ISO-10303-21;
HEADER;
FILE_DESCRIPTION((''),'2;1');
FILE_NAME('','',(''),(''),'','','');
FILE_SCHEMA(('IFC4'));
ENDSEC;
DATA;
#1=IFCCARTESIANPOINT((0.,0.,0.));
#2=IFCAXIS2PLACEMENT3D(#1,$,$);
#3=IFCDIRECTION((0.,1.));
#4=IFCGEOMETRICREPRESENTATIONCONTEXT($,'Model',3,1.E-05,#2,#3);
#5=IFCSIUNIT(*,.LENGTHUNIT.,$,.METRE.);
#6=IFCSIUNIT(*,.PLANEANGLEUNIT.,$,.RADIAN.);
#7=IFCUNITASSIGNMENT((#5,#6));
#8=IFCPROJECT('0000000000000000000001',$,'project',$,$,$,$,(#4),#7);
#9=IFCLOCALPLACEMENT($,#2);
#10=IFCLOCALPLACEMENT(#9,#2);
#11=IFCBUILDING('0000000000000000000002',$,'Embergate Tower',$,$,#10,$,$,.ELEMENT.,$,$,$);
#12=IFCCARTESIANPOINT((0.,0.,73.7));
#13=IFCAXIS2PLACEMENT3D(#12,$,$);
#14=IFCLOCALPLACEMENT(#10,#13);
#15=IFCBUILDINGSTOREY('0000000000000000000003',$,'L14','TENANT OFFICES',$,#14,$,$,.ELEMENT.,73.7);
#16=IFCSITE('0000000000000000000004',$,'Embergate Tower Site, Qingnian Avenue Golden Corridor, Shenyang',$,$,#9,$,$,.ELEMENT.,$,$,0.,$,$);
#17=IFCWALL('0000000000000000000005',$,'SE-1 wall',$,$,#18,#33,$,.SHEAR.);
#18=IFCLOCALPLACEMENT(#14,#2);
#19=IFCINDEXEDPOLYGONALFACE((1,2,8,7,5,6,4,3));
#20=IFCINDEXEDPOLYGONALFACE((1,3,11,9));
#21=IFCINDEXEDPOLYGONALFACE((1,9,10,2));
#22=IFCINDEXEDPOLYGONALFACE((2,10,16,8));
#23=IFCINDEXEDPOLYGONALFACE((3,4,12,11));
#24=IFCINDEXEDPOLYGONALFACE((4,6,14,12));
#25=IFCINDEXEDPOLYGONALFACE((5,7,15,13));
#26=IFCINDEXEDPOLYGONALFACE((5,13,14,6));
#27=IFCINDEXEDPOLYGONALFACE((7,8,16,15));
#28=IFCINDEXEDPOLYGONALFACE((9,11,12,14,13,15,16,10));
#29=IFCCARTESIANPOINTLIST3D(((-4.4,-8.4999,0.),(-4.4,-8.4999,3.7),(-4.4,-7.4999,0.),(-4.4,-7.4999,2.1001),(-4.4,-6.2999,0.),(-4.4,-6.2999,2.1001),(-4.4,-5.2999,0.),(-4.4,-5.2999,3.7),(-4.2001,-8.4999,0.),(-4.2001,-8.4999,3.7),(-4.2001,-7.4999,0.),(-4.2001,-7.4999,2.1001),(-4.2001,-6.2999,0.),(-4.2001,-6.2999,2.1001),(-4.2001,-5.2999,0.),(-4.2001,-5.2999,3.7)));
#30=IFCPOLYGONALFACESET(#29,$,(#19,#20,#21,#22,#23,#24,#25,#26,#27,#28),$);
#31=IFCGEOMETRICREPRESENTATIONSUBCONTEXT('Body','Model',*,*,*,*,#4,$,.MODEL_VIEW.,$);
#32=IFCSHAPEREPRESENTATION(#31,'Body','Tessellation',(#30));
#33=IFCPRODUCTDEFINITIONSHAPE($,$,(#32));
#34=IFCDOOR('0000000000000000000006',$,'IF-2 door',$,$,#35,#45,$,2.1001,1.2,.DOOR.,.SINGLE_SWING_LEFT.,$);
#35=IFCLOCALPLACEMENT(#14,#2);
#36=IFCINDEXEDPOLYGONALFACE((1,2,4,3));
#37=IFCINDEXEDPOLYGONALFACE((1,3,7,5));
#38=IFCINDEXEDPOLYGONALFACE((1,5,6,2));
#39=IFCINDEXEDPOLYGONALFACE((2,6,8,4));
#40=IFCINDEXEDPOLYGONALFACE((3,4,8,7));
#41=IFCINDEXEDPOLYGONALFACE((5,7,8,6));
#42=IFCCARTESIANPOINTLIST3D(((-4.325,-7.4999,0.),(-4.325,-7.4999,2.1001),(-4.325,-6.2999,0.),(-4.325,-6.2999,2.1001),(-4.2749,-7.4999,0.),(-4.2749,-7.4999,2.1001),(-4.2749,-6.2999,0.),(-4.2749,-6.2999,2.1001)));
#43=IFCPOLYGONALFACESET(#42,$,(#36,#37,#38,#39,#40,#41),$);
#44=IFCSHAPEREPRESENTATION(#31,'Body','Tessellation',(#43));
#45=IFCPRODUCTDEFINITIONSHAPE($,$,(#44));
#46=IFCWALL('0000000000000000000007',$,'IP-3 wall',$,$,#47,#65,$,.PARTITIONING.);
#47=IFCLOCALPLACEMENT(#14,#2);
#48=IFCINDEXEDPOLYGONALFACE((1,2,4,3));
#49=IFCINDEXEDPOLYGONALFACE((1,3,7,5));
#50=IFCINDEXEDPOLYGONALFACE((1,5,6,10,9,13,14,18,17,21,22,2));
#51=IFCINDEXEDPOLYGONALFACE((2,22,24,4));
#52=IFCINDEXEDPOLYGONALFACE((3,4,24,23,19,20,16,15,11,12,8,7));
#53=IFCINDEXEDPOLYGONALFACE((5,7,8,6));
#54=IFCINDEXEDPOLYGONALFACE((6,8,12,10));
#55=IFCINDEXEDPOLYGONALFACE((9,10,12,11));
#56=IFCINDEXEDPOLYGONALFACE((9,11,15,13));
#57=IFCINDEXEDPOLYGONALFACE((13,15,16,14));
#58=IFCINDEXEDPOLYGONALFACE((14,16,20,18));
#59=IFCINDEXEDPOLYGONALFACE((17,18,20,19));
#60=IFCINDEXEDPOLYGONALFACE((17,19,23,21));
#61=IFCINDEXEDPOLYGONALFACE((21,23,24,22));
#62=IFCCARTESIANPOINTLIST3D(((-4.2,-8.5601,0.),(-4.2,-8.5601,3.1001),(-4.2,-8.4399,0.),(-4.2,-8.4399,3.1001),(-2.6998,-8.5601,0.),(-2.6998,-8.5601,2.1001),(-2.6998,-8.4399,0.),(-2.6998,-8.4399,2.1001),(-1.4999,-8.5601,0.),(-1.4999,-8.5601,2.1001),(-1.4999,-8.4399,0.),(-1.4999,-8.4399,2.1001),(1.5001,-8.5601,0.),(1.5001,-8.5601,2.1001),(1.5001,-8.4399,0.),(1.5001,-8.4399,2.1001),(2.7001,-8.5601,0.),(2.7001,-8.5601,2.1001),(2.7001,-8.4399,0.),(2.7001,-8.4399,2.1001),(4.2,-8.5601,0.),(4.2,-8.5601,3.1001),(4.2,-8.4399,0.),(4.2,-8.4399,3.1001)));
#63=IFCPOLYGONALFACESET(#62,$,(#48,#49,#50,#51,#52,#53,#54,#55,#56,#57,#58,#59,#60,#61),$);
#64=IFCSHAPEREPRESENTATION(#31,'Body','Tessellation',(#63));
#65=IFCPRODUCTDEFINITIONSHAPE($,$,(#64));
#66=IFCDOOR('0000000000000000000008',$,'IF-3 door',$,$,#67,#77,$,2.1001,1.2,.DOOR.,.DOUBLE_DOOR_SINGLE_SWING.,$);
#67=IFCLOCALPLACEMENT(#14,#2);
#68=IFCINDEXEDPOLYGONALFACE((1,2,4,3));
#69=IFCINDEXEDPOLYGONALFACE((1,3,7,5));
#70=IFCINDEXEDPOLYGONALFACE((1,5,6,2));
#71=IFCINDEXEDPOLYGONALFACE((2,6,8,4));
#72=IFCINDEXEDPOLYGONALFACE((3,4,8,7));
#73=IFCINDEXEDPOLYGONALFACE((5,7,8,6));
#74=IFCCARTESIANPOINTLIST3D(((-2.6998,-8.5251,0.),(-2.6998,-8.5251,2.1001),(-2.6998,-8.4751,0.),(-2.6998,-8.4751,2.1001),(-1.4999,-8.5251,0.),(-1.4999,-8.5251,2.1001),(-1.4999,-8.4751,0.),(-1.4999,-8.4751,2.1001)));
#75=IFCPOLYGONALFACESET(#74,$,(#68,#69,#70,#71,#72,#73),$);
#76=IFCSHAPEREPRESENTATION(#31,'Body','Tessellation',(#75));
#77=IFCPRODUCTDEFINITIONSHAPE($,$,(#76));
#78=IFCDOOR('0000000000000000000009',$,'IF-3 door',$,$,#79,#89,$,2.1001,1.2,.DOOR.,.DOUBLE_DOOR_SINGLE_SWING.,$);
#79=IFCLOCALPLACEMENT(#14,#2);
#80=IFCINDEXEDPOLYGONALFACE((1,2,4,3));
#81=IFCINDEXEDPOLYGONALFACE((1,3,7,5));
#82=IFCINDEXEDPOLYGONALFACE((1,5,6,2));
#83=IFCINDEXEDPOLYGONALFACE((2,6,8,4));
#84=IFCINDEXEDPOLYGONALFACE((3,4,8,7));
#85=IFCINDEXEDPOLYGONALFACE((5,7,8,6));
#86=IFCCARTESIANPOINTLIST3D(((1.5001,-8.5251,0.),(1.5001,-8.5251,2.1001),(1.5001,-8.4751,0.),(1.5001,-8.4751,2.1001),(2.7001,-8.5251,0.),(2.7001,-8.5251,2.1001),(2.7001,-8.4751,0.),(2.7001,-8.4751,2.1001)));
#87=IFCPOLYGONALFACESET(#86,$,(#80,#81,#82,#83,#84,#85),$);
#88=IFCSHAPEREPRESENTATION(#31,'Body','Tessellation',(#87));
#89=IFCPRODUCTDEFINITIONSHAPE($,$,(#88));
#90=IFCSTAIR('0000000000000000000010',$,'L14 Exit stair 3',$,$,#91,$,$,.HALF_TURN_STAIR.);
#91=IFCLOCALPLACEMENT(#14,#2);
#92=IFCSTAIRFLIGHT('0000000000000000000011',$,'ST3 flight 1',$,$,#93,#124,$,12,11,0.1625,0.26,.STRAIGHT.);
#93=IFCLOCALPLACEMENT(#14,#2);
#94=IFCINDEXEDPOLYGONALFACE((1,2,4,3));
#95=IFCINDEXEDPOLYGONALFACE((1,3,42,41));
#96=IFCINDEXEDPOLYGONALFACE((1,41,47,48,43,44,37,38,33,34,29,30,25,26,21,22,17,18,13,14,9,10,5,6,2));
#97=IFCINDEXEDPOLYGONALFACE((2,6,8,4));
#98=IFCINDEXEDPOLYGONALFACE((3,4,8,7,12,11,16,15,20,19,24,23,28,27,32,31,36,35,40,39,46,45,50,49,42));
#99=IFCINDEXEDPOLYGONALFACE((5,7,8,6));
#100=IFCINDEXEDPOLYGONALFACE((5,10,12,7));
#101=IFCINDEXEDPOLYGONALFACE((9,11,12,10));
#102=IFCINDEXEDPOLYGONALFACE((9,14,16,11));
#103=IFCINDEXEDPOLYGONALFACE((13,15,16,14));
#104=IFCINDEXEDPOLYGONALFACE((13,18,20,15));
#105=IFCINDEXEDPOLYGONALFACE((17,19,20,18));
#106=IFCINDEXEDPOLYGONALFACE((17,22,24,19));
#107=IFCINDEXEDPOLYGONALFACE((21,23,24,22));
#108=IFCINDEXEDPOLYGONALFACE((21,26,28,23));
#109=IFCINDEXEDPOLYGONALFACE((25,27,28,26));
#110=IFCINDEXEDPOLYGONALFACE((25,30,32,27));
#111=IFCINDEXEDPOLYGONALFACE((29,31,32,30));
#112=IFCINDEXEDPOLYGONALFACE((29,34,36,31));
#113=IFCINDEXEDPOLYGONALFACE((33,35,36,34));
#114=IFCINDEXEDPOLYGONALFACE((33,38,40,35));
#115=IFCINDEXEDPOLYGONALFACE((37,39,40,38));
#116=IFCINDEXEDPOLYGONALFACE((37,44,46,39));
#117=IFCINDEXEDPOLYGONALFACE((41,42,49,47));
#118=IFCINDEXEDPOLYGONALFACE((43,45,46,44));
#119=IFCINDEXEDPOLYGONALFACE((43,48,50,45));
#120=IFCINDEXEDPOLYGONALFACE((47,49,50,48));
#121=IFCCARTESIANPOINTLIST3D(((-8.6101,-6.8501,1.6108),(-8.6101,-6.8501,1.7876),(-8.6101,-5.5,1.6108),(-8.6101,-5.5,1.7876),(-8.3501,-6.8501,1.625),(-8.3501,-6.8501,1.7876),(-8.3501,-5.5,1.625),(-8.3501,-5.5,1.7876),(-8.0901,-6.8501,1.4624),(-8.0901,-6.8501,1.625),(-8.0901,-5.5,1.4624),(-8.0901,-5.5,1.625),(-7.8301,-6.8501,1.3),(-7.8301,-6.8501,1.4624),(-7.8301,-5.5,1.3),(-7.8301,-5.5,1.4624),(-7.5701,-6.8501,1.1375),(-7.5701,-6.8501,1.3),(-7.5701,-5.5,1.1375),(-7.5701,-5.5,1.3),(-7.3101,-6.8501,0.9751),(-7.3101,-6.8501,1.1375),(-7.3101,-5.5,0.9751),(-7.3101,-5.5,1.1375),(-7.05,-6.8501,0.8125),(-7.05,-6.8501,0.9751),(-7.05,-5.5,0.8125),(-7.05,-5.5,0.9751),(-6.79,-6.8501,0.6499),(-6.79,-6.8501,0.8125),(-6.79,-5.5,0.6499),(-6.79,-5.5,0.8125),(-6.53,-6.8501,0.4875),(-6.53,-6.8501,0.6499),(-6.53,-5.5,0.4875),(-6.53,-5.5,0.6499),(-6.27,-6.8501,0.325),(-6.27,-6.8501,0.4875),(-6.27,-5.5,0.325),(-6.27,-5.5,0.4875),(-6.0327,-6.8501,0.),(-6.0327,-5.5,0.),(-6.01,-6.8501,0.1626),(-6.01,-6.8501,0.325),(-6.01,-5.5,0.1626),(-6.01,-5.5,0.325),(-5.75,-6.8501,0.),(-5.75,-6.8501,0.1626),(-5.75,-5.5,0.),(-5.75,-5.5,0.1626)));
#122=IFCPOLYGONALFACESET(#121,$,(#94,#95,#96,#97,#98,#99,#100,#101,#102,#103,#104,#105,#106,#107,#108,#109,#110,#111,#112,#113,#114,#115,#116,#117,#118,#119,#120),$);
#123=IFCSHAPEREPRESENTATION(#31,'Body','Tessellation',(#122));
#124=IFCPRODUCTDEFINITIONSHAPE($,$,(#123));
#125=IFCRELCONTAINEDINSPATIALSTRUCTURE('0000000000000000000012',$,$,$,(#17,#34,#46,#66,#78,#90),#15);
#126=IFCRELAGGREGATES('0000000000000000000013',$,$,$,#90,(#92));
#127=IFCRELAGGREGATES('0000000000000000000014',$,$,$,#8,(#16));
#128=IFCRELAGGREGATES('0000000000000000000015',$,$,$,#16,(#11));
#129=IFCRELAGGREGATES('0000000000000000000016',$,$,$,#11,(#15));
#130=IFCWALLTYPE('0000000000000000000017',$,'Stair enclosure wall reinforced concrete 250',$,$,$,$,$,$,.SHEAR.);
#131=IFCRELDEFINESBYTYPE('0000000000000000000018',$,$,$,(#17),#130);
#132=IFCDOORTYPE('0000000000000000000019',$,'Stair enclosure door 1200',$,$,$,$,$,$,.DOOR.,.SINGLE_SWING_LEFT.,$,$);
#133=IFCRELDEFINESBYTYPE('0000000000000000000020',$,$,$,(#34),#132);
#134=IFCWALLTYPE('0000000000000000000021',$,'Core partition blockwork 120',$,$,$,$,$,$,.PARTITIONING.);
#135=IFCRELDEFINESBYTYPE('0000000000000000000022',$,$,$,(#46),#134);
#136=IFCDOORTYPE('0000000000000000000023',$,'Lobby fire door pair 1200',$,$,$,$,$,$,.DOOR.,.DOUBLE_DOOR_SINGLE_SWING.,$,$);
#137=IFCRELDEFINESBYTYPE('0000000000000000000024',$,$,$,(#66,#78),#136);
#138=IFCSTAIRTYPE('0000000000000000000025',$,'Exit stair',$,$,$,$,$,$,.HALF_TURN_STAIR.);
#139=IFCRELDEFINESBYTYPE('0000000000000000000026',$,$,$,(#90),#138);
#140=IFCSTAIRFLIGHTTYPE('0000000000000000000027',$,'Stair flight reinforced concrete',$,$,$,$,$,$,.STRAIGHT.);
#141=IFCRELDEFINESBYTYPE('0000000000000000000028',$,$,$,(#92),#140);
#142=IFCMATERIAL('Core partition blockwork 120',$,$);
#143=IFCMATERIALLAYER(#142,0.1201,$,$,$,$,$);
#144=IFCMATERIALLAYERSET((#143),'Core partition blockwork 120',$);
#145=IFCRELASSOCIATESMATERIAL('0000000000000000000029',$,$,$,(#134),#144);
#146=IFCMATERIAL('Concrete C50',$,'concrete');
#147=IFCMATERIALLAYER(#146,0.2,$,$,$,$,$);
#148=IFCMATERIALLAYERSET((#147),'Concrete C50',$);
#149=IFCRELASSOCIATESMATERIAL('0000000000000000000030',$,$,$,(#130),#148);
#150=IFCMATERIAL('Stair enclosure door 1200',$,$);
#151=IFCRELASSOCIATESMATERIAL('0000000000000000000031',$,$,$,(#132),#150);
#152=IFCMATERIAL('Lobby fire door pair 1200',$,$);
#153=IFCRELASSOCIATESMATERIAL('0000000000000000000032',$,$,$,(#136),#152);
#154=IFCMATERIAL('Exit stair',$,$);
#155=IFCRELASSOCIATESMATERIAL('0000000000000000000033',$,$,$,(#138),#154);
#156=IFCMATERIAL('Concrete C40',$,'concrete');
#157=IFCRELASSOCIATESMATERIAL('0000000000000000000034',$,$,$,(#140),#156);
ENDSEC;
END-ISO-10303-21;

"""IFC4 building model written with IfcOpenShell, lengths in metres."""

from ifc_helpers import new_model, si_unit, direction, frame, frame_2d, origin, place, context, subcontext, project, spatial, polyline, rectangle, outline, extrude, source, transform, mapped, material, layer, layer_set, type_object, element, fill, aggregate, save


model = new_model("IFC4")

# Units and contexts
model_context = context("Model", 3, precision=1e-05, world=origin(), true_north=direction((0.0, 1.0)))
body_context = subcontext(model_context, "Body", "Model", "MODEL_VIEW")
ifc_project = project(units=[si_unit("LENGTHUNIT", "METRE"), si_unit("PLANEANGLEUNIT", "RADIAN")], contexts=[model_context])

# Site, building, storey
site_placement = place(None, origin())
site = spatial("IfcSite", under=ifc_project, at=site_placement, Name="Embergate Tower Site, Qingnian Avenue Golden Corridor, Shenyang", CompositionType="ELEMENT", RefElevation=0.0)
building_placement = place(site_placement, origin())
building = spatial("IfcBuilding", under=site, at=building_placement, Name="Embergate Tower", CompositionType="ELEMENT")
storey_placement = place(building_placement, frame((0.0, 0.0, 73.7)))
storey = spatial("IfcBuildingStorey", under=building, at=storey_placement, Name="L14", Description="TENANT OFFICES", CompositionType="ELEMENT", Elevation=73.7)

# Shared definitions
ifc_material_1 = material(Name="Concrete C50", Category="concrete")

# Shared definitions
ifc_material_2 = material(Name="Core partition blockwork 120")
ifc_layer_1 = layer(ifc_material_2, 0.1201)
ifc_layer_set_1 = layer_set([ifc_layer_1], Name="Core partition blockwork 120")
wall_type_1 = type_object("IfcWallType", Name="Core partition blockwork 120", PredefinedType="PARTITIONING", material=ifc_layer_set_1)

# Wall, opening, door
ifc_layer_2 = layer(ifc_material_1, 0.2)
ifc_layer_set_2 = layer_set([ifc_layer_2], Name="Concrete C50")
wall_type_2 = type_object("IfcWallType", Name="Stair enclosure wall reinforced concrete 250", PredefinedType="SHEAR", material=ifc_layer_set_2)
shared_shape_1 = source(origin(), body_context, "Body", "SweptSolid", [
    extrude(rectangle(XDim=3.2, YDim=0.2, at=frame_2d((1.6001, 0.0))), origin(), (0.0, 0.0, 1.0), 3.7),
])
wall_1_placement = place(storey_placement, frame((-4.3, -8.5, 0.0), z_axis=(0.0, 0.0, 1.0), x_axis=(0.0, 1.0, 0.0)))
wall_1 = element("IfcWall", 1, at=wall_1_placement, inside=storey, type_object=wall_type_2, Name="SE-1 wall", PredefinedType="SHEAR", context=body_context, shape_type="MappedRepresentation", body=[
    mapped(shared_shape_1, transform((0.0, 0.0, 0.0))),
])
shared_shape_2 = source(origin(), body_context, "Body", "SweptSolid", [
    extrude(rectangle(XDim=1.2, YDim=2.1001, at=frame_2d((0.6001, 1.05))), frame((0.0, 0.1099, 0.0), z_axis=(0.0, -1.0, 0.0), x_axis=(1.0, 0.0, 0.0)), (0.0, 0.0, 1.0), 0.22),
])
opening_1_placement = place(wall_1_placement, frame((1.0, 0.0, 0.0)))
opening_1 = element("IfcOpeningElement", 2, at=opening_1_placement, cuts=wall_1, PredefinedType="OPENING", context=body_context, shape_type="MappedRepresentation", body=[
    mapped(shared_shape_2, transform((0.0, 0.0, 0.0))),
])
ifc_material_3 = material(Name="Stair enclosure door 1200")
door_type_1 = type_object("IfcDoorType", Name="Stair enclosure door 1200", OperationType="SINGLE_SWING_LEFT", PredefinedType="DOOR", material=ifc_material_3)
shared_shape_3 = source(origin(), body_context, "Body", "SweptSolid", [
    extrude(rectangle(XDim=1.2, YDim=2.1001, at=frame_2d((0.6001, 1.05))), frame((0.0, 0.0249, 0.0), z_axis=(0.0, -1.0, 0.0), x_axis=(1.0, 0.0, 0.0)), (0.0, 0.0, 1.0), 0.05),
])
door_1_placement = place(opening_1_placement, origin())
door_1 = element("IfcDoor", 3, at=door_1_placement, inside=storey, type_object=door_type_1, Name="IF-2 door", OperationType="SINGLE_SWING_LEFT", OverallHeight=2.1001, OverallWidth=1.2, PredefinedType="DOOR", context=body_context, shape_type="MappedRepresentation", body=[
    mapped(shared_shape_3, transform((0.0, 0.0, 0.0))),
])
fill(opening_1, door_1)

# Wall, openings, doors
shared_shape_4 = source(origin(), body_context, "Body", "SweptSolid", [
    extrude(rectangle(XDim=8.3999, YDim=0.1201, at=frame_2d((4.2, 0.0))), origin(), (0.0, 0.0, 1.0), 3.1001),
])
wall_2_placement = place(storey_placement, frame((-4.2, -8.5, 0.0), z_axis=(0.0, 0.0, 1.0), x_axis=(1.0, 0.0, 0.0)))
wall_2 = element("IfcWall", 4, at=wall_2_placement, inside=storey, type_object=wall_type_1, Name="IP-3 wall", PredefinedType="PARTITIONING", context=body_context, shape_type="MappedRepresentation", body=[
    mapped(shared_shape_4, transform((0.0, 0.0, 0.0))),
])
shared_shape_5 = source(origin(), body_context, "Body", "SweptSolid", [
    extrude(rectangle(XDim=1.2, YDim=2.1001, at=frame_2d((0.6001, 1.05))), frame((0.0, 0.0701, 0.0), z_axis=(0.0, -1.0, 0.0), x_axis=(1.0, 0.0, 0.0)), (0.0, 0.0, 1.0), 0.1401),
])
opening_2_placement = place(wall_2_placement, frame((1.5, 0.0, 0.0)))
opening_2 = element("IfcOpeningElement", 5, at=opening_2_placement, cuts=wall_2, PredefinedType="OPENING", context=body_context, shape_type="MappedRepresentation", body=[
    mapped(shared_shape_5, transform((0.0, 0.0, 0.0))),
])
opening_3_placement = place(wall_2_placement, frame((5.7, 0.0, 0.0)))
opening_3 = element("IfcOpeningElement", 6, at=opening_3_placement, cuts=wall_2, PredefinedType="OPENING", context=body_context, shape_type="MappedRepresentation", body=[
    mapped(shared_shape_5, transform((0.0, 0.0, 0.0))),
])
ifc_material_4 = material(Name="Lobby fire door pair 1200")
door_type_2 = type_object("IfcDoorType", Name="Lobby fire door pair 1200", OperationType="DOUBLE_DOOR_SINGLE_SWING", PredefinedType="DOOR", material=ifc_material_4)
door_2_placement = place(opening_2_placement, origin())
door_2 = element("IfcDoor", 7, at=door_2_placement, inside=storey, type_object=door_type_2, Name="IF-3 door", OperationType="DOUBLE_DOOR_SINGLE_SWING", OverallHeight=2.1001, OverallWidth=1.2, PredefinedType="DOOR", context=body_context, shape_type="MappedRepresentation", body=[
    mapped(shared_shape_3, transform((0.0, 0.0, 0.0))),
])
fill(opening_2, door_2)
door_3_placement = place(opening_3_placement, origin())
door_3 = element("IfcDoor", 8, at=door_3_placement, inside=storey, type_object=door_type_2, Name="IF-3 door", OperationType="DOUBLE_DOOR_SINGLE_SWING", OverallHeight=2.1001, OverallWidth=1.2, PredefinedType="DOOR", context=body_context, shape_type="MappedRepresentation", body=[
    mapped(shared_shape_3, transform((0.0, 0.0, 0.0))),
])
fill(opening_3, door_3)

# Stair, stair flight
ifc_material_5 = material(Name="Exit stair")
stair_type = type_object("IfcStairType", Name="Exit stair", PredefinedType="HALF_TURN_STAIR", material=ifc_material_5)
stair_placement = place(storey_placement, origin())
stair = element("IfcStair", 9, at=stair_placement, inside=storey, type_object=stair_type, Name="L14 Exit stair 3", PredefinedType="HALF_TURN_STAIR")
ifc_material_6 = material(Name="Concrete C40", Category="concrete")
stair_flight_type = type_object("IfcStairFlightType", Name="Stair flight reinforced concrete", PredefinedType="STRAIGHT", material=ifc_material_6)
shared_shape_6 = source(origin(), body_context, "Body", "SweptSolid", [
    extrude(outline(polyline([(0.0, 0.0), (0.0, 0.1626), (0.26, 0.1626), (0.26, 0.325), (0.52, 0.325), (0.52, 0.4875), (0.78, 0.4875), (0.78, 0.6499), (1.04, 0.6499), (1.04, 0.8125), (1.3, 0.8125), (1.3, 0.9751), (1.5601, 0.9751), (1.5601, 1.1375), (1.8201, 1.1375), (1.8201, 1.3), (2.0801, 1.3), (2.0801, 1.4624), (2.3401, 1.4624), (2.3401, 1.625), (2.6001, 1.625), (2.6001, 1.7876), (2.8601, 1.7876), (2.8601, 1.95), (2.8601, 1.6108), (0.2827, 0.0), (0.0, 0.0)])), frame((0.0, 0.675, 0.0), z_axis=(0.0, -1.0, 0.0), x_axis=(1.0, 0.0, 0.0)), (0.0, 0.0, 1.0), 1.3501),
])
stair_flight_placement = place(storey_placement, frame((-5.75, -6.175, 0.0), z_axis=(0.0, 0.0, 1.0), x_axis=(-1.0, 0.0, 0.0)))
stair_flight = element("IfcStairFlight", 10, at=stair_flight_placement, type_object=stair_flight_type, Name="ST3 flight 1", NumberOfRisers=12, NumberOfTreads=11, PredefinedType="STRAIGHT", RiserHeight=0.1625, TreadLength=0.26, context=body_context, shape_type="MappedRepresentation", body=[
    mapped(shared_shape_6, transform((0.0, 0.0, 0.0))),
])
aggregate(stair, [stair_flight])

save(model, "model.ifc")
